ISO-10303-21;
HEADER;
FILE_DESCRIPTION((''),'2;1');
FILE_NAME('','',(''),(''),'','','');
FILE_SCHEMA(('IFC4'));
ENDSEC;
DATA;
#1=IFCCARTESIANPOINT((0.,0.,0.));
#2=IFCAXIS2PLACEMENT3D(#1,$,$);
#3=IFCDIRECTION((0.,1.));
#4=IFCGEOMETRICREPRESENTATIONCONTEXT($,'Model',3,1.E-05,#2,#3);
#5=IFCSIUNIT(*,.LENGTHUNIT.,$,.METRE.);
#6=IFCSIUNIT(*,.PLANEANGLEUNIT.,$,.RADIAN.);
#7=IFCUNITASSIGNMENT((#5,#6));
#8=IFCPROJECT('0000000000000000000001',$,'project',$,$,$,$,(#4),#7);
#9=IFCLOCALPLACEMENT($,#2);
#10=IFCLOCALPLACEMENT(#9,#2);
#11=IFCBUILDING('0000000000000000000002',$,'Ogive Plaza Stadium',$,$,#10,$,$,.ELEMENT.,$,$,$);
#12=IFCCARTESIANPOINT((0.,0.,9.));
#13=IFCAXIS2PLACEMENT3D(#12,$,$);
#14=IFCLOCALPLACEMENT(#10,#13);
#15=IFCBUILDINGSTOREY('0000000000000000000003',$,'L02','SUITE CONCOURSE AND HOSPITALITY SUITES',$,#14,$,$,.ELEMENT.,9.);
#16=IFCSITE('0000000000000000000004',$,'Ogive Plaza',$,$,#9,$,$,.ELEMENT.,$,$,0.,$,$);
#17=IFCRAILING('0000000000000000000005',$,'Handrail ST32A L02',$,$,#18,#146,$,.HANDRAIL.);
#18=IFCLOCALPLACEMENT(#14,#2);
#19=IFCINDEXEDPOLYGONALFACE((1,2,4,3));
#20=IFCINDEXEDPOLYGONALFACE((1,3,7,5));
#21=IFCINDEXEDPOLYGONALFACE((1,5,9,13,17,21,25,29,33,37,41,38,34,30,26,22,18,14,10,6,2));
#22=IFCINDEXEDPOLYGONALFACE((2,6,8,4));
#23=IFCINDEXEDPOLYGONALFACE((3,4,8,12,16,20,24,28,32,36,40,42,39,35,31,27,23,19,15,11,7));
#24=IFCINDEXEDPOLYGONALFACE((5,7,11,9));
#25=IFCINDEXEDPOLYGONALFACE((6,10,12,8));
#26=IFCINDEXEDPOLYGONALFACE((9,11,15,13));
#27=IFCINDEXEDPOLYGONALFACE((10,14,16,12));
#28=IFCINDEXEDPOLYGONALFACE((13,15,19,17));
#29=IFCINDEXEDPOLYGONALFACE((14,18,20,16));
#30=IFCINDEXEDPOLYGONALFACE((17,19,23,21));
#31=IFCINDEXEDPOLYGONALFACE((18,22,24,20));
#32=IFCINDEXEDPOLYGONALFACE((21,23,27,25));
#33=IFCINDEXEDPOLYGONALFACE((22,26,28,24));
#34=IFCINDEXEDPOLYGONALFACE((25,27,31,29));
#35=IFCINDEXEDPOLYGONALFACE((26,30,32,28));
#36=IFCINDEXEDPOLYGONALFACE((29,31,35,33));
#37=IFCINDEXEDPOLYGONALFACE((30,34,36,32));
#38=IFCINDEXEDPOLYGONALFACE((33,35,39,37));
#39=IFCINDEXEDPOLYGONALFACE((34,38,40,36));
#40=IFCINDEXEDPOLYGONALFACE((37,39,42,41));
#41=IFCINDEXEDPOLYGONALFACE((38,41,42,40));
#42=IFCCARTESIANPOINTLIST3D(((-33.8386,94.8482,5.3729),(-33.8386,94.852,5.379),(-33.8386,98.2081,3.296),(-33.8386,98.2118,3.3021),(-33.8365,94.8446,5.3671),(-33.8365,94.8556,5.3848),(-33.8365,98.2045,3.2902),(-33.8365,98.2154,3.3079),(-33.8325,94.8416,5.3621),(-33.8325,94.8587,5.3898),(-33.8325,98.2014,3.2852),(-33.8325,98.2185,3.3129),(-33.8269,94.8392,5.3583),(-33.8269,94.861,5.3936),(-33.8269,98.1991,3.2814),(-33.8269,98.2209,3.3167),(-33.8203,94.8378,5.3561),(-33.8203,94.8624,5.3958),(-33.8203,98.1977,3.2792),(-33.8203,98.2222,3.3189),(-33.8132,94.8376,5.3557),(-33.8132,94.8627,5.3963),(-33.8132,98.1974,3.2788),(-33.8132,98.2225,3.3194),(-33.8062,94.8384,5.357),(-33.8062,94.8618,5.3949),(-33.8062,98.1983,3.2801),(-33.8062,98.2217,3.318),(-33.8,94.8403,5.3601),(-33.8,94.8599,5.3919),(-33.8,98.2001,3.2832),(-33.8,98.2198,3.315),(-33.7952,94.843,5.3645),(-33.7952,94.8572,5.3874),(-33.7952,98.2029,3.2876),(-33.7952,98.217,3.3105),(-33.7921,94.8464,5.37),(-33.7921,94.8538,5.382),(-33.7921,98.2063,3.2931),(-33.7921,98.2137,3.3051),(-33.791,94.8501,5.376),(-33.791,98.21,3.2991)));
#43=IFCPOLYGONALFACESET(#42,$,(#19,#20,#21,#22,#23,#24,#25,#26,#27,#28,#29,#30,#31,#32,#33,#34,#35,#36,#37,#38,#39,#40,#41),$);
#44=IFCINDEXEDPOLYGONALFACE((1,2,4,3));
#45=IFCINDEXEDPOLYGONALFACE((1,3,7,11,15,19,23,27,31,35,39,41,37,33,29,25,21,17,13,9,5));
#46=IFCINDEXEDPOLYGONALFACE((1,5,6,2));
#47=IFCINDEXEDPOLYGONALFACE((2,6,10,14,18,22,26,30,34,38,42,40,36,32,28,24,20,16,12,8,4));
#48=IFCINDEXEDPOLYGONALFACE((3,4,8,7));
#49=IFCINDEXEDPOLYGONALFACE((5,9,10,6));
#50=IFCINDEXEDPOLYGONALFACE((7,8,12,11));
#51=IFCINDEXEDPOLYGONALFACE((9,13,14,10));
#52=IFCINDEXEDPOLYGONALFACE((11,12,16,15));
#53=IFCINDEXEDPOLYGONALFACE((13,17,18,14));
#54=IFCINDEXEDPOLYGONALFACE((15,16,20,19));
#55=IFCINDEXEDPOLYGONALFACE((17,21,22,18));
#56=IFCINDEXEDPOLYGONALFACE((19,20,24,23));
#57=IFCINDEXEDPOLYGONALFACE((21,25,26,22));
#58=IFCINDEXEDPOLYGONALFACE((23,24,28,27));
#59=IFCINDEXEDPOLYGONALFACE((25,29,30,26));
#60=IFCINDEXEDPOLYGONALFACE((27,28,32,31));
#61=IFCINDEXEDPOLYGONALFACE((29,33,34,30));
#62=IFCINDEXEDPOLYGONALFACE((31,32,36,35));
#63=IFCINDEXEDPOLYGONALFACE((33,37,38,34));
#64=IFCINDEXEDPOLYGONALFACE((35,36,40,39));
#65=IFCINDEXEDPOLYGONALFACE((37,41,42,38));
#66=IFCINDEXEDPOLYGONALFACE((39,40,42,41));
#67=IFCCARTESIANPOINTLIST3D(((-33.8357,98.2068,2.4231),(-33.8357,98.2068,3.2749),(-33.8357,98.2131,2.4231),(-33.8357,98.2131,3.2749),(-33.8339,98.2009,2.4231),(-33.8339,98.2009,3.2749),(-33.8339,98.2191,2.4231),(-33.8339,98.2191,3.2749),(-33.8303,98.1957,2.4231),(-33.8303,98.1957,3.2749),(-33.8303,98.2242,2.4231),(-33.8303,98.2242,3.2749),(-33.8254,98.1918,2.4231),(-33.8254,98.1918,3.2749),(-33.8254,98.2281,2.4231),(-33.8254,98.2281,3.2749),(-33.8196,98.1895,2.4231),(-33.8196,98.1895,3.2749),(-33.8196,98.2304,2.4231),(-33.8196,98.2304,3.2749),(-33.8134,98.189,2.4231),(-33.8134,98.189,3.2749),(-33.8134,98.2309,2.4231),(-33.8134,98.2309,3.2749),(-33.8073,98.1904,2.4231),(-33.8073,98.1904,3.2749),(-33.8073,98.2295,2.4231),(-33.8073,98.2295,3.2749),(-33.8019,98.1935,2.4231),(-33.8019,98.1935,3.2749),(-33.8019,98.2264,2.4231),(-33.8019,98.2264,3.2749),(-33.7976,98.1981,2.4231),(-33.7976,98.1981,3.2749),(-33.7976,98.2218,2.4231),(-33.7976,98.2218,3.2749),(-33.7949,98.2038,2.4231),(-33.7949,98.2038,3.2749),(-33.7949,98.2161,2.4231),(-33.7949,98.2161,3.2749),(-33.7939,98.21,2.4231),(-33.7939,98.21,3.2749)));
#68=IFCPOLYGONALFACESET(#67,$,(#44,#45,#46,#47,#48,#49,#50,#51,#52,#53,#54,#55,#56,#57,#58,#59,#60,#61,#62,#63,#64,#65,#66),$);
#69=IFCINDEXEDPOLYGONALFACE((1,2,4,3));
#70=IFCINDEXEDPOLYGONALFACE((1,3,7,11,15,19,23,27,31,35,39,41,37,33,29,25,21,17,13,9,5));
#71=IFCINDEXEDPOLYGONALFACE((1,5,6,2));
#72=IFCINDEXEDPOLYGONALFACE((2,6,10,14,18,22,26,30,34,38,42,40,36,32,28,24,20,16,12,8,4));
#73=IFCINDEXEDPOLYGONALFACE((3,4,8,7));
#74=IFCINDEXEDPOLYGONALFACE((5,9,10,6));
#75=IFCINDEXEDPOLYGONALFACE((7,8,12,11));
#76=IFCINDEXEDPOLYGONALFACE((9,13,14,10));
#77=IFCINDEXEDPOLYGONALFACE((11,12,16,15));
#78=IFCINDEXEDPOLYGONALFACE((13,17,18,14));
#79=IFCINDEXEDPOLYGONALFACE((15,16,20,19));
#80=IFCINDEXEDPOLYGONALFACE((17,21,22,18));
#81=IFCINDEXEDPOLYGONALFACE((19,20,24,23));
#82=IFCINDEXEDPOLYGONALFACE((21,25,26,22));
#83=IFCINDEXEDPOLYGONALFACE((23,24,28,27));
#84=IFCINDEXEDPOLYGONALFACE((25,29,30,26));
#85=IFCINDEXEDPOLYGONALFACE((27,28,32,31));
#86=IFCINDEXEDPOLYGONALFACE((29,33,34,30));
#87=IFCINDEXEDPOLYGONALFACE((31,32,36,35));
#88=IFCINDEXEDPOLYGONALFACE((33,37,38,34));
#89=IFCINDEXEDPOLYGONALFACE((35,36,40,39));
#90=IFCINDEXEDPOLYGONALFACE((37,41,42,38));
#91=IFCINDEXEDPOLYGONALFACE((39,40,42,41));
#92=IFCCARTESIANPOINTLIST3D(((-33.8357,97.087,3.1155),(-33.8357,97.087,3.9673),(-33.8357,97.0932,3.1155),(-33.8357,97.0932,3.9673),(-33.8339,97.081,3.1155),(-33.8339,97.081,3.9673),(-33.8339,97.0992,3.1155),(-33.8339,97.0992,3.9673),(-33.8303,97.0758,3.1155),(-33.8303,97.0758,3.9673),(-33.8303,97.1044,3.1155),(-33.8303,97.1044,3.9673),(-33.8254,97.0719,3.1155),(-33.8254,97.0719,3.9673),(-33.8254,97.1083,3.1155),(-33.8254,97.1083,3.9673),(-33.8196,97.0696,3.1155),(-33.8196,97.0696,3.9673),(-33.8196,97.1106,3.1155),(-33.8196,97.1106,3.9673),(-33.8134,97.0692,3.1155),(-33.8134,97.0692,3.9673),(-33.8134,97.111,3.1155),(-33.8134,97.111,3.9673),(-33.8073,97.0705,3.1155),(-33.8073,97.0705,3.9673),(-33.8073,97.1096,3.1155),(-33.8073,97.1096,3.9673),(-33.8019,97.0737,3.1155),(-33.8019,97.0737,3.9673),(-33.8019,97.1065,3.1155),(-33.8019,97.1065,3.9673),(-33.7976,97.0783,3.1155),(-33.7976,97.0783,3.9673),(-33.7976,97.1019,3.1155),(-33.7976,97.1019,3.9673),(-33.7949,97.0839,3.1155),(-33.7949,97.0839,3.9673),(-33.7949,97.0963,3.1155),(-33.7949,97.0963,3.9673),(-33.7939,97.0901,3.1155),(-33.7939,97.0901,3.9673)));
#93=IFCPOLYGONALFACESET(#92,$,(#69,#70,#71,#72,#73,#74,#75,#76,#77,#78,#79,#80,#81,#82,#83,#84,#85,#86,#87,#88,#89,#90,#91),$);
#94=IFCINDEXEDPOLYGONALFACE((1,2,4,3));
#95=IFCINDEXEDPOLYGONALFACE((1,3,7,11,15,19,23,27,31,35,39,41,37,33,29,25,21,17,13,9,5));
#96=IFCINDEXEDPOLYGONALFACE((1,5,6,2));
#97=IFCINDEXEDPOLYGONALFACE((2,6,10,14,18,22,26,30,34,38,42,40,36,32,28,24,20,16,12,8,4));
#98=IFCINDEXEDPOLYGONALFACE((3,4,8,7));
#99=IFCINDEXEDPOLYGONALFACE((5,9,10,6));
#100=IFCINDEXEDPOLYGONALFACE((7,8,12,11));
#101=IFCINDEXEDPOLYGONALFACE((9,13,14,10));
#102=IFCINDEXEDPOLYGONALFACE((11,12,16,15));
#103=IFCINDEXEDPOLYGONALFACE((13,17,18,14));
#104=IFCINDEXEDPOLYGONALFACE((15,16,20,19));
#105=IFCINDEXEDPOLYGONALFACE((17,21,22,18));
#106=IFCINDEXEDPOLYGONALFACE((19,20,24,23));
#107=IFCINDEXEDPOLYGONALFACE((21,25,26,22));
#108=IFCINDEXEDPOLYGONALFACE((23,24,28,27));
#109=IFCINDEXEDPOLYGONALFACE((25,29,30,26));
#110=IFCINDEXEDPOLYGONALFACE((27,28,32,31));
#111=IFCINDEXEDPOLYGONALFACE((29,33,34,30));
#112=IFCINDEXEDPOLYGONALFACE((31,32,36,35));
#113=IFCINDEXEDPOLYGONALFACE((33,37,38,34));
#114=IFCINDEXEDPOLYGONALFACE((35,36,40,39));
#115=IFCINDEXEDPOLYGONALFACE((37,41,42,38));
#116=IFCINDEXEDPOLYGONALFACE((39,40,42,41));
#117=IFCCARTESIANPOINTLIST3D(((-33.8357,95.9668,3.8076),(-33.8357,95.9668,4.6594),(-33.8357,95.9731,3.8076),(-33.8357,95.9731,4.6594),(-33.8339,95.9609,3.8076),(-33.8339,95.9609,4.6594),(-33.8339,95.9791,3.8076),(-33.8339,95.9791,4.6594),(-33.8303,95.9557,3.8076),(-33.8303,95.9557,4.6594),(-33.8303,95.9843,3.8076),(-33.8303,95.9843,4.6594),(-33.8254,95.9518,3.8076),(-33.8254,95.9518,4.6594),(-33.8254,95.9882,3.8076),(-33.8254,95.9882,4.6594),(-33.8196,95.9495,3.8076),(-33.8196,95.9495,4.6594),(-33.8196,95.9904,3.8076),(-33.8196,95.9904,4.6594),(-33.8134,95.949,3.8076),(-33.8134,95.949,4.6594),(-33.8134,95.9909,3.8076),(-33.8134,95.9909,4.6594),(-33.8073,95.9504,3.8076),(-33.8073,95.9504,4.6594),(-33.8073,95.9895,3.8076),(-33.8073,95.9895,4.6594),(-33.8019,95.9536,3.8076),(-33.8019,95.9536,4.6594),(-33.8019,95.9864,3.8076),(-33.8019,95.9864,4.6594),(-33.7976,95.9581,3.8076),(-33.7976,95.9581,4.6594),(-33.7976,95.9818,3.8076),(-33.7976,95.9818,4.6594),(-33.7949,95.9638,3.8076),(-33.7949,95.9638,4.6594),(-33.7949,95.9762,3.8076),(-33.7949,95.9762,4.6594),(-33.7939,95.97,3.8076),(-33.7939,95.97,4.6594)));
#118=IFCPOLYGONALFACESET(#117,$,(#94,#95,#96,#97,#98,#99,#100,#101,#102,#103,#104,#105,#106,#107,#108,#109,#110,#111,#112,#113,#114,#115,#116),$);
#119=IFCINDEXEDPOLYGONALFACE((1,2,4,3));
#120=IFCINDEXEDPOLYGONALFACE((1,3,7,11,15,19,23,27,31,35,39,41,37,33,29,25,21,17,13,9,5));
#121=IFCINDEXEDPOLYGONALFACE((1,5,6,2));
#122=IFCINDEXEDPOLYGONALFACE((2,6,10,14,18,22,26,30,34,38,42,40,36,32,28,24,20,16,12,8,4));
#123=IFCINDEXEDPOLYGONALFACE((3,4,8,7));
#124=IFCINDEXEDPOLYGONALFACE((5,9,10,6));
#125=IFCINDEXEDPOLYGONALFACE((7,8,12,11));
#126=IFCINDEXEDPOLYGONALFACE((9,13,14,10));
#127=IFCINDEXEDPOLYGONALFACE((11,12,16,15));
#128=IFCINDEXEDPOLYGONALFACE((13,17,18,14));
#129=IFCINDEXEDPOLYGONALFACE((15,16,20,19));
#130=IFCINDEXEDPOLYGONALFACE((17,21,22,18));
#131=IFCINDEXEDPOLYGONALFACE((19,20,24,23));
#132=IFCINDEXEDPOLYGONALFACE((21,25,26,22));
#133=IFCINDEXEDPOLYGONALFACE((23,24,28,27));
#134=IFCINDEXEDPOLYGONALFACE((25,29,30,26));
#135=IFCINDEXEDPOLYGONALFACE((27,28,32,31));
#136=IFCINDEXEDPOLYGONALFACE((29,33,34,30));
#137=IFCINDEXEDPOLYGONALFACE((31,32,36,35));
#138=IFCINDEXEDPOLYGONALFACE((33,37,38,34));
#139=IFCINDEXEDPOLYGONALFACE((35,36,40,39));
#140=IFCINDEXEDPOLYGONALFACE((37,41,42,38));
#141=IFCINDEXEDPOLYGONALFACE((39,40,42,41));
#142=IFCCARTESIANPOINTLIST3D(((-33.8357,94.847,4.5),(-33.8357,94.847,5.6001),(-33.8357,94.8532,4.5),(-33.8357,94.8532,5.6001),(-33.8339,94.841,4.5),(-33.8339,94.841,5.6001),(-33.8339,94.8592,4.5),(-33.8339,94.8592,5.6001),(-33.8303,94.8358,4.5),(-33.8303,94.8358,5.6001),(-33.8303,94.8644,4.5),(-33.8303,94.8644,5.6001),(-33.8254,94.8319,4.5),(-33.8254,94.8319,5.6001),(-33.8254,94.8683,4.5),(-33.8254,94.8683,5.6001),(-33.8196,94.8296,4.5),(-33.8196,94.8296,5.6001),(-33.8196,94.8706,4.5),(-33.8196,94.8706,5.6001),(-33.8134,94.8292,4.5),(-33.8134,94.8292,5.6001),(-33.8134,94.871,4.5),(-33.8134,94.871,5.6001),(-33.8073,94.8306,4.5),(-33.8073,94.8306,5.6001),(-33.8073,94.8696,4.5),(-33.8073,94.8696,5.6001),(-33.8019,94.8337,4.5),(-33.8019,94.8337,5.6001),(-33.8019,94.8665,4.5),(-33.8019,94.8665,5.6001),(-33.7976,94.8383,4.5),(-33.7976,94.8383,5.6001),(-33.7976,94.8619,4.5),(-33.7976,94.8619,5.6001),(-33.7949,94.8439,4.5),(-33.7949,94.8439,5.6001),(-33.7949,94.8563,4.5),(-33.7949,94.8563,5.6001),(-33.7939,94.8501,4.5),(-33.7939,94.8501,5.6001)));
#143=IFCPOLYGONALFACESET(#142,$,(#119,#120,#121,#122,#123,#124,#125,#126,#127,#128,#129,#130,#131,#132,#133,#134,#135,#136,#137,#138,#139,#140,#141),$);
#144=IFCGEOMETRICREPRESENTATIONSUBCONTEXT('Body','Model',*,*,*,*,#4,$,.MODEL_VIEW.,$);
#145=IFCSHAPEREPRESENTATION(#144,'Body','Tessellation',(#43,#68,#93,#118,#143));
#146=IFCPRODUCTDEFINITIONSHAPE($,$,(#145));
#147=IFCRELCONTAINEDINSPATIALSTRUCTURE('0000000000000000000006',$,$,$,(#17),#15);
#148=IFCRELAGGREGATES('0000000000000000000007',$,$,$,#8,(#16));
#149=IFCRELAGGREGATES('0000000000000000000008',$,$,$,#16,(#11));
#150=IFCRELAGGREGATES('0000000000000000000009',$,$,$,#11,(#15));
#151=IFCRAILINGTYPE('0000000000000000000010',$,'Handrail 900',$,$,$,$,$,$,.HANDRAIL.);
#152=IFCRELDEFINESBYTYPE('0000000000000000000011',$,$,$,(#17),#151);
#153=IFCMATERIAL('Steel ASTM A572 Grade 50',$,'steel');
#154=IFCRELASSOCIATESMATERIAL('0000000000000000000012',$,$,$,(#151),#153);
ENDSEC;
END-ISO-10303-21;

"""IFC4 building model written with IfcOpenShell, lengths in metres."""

from ifc_helpers import new_model, si_unit, direction, frame, origin, origin_2d, place, context, subcontext, project, spatial, circle, extrude, material, type_object, element, save


model = new_model("IFC4")

# Units and contexts
model_context = context("Model", 3, precision=1e-05, world=origin(), true_north=direction((0.0, 1.0)))
body_context = subcontext(model_context, "Body", "Model", "MODEL_VIEW")
ifc_project = project(units=[si_unit("LENGTHUNIT", "METRE"), si_unit("PLANEANGLEUNIT", "RADIAN")], contexts=[model_context])

# Site, building, storey
site_placement = place(None, origin())
site = spatial("IfcSite", under=ifc_project, at=site_placement, Name="Ogive Plaza", CompositionType="ELEMENT", RefElevation=0.0)
building_placement = place(site_placement, origin())
building = spatial("IfcBuilding", under=site, at=building_placement, Name="Ogive Plaza Stadium", CompositionType="ELEMENT")
storey_placement = place(building_placement, frame((0.0, 0.0, 9.0)))
storey = spatial("IfcBuildingStorey", under=building, at=storey_placement, Name="L02", Description="SUITE CONCOURSE AND HOSPITALITY SUITES", CompositionType="ELEMENT", Elevation=9.0)

# Railing
ifc_material_1 = material(Name="Steel ASTM A572 Grade 50", Category="steel")
railing_type_1 = type_object("IfcRailingType", Name="Handrail 900", PredefinedType="HANDRAIL", material=ifc_material_1)
for number, where, name in (
    (1, (-33.8149, 98.21, 2.4231), "Handrail ST32A L02"),
):
    element("IfcRailing", number, at=place(storey_placement, frame(where)), inside=storey, type_object=railing_type_1, Name=name, PredefinedType="HANDRAIL", context=body_context, shape_type="SweptSolid", body=[
        extrude(circle(Radius=0.0239, at=origin_2d()), frame((0.0, 0.0, 0.876), z_axis=(0.0, -0.850606, 0.525803), x_axis=(1.0, 0.0, 0.0)), (0.0, 0.0, 1.0), 3.95),
        extrude(circle(Radius=0.021, at=origin_2d()), origin(), (0.0, 0.0, 1.0), 0.8518),
        extrude(circle(Radius=0.021, at=origin_2d()), frame((0.0, -1.1199, 0.6924)), (0.0, 0.0, 1.0), 0.8518),
        extrude(circle(Radius=0.021, at=origin_2d()), frame((0.0, -2.24, 1.3845)), (0.0, 0.0, 1.0), 0.8518),
        extrude(circle(Radius=0.021, at=origin_2d()), frame((0.0, -3.3599, 2.0769)), (0.0, 0.0, 1.0), 1.1001),
    ])

save(model, "model.ifc")
